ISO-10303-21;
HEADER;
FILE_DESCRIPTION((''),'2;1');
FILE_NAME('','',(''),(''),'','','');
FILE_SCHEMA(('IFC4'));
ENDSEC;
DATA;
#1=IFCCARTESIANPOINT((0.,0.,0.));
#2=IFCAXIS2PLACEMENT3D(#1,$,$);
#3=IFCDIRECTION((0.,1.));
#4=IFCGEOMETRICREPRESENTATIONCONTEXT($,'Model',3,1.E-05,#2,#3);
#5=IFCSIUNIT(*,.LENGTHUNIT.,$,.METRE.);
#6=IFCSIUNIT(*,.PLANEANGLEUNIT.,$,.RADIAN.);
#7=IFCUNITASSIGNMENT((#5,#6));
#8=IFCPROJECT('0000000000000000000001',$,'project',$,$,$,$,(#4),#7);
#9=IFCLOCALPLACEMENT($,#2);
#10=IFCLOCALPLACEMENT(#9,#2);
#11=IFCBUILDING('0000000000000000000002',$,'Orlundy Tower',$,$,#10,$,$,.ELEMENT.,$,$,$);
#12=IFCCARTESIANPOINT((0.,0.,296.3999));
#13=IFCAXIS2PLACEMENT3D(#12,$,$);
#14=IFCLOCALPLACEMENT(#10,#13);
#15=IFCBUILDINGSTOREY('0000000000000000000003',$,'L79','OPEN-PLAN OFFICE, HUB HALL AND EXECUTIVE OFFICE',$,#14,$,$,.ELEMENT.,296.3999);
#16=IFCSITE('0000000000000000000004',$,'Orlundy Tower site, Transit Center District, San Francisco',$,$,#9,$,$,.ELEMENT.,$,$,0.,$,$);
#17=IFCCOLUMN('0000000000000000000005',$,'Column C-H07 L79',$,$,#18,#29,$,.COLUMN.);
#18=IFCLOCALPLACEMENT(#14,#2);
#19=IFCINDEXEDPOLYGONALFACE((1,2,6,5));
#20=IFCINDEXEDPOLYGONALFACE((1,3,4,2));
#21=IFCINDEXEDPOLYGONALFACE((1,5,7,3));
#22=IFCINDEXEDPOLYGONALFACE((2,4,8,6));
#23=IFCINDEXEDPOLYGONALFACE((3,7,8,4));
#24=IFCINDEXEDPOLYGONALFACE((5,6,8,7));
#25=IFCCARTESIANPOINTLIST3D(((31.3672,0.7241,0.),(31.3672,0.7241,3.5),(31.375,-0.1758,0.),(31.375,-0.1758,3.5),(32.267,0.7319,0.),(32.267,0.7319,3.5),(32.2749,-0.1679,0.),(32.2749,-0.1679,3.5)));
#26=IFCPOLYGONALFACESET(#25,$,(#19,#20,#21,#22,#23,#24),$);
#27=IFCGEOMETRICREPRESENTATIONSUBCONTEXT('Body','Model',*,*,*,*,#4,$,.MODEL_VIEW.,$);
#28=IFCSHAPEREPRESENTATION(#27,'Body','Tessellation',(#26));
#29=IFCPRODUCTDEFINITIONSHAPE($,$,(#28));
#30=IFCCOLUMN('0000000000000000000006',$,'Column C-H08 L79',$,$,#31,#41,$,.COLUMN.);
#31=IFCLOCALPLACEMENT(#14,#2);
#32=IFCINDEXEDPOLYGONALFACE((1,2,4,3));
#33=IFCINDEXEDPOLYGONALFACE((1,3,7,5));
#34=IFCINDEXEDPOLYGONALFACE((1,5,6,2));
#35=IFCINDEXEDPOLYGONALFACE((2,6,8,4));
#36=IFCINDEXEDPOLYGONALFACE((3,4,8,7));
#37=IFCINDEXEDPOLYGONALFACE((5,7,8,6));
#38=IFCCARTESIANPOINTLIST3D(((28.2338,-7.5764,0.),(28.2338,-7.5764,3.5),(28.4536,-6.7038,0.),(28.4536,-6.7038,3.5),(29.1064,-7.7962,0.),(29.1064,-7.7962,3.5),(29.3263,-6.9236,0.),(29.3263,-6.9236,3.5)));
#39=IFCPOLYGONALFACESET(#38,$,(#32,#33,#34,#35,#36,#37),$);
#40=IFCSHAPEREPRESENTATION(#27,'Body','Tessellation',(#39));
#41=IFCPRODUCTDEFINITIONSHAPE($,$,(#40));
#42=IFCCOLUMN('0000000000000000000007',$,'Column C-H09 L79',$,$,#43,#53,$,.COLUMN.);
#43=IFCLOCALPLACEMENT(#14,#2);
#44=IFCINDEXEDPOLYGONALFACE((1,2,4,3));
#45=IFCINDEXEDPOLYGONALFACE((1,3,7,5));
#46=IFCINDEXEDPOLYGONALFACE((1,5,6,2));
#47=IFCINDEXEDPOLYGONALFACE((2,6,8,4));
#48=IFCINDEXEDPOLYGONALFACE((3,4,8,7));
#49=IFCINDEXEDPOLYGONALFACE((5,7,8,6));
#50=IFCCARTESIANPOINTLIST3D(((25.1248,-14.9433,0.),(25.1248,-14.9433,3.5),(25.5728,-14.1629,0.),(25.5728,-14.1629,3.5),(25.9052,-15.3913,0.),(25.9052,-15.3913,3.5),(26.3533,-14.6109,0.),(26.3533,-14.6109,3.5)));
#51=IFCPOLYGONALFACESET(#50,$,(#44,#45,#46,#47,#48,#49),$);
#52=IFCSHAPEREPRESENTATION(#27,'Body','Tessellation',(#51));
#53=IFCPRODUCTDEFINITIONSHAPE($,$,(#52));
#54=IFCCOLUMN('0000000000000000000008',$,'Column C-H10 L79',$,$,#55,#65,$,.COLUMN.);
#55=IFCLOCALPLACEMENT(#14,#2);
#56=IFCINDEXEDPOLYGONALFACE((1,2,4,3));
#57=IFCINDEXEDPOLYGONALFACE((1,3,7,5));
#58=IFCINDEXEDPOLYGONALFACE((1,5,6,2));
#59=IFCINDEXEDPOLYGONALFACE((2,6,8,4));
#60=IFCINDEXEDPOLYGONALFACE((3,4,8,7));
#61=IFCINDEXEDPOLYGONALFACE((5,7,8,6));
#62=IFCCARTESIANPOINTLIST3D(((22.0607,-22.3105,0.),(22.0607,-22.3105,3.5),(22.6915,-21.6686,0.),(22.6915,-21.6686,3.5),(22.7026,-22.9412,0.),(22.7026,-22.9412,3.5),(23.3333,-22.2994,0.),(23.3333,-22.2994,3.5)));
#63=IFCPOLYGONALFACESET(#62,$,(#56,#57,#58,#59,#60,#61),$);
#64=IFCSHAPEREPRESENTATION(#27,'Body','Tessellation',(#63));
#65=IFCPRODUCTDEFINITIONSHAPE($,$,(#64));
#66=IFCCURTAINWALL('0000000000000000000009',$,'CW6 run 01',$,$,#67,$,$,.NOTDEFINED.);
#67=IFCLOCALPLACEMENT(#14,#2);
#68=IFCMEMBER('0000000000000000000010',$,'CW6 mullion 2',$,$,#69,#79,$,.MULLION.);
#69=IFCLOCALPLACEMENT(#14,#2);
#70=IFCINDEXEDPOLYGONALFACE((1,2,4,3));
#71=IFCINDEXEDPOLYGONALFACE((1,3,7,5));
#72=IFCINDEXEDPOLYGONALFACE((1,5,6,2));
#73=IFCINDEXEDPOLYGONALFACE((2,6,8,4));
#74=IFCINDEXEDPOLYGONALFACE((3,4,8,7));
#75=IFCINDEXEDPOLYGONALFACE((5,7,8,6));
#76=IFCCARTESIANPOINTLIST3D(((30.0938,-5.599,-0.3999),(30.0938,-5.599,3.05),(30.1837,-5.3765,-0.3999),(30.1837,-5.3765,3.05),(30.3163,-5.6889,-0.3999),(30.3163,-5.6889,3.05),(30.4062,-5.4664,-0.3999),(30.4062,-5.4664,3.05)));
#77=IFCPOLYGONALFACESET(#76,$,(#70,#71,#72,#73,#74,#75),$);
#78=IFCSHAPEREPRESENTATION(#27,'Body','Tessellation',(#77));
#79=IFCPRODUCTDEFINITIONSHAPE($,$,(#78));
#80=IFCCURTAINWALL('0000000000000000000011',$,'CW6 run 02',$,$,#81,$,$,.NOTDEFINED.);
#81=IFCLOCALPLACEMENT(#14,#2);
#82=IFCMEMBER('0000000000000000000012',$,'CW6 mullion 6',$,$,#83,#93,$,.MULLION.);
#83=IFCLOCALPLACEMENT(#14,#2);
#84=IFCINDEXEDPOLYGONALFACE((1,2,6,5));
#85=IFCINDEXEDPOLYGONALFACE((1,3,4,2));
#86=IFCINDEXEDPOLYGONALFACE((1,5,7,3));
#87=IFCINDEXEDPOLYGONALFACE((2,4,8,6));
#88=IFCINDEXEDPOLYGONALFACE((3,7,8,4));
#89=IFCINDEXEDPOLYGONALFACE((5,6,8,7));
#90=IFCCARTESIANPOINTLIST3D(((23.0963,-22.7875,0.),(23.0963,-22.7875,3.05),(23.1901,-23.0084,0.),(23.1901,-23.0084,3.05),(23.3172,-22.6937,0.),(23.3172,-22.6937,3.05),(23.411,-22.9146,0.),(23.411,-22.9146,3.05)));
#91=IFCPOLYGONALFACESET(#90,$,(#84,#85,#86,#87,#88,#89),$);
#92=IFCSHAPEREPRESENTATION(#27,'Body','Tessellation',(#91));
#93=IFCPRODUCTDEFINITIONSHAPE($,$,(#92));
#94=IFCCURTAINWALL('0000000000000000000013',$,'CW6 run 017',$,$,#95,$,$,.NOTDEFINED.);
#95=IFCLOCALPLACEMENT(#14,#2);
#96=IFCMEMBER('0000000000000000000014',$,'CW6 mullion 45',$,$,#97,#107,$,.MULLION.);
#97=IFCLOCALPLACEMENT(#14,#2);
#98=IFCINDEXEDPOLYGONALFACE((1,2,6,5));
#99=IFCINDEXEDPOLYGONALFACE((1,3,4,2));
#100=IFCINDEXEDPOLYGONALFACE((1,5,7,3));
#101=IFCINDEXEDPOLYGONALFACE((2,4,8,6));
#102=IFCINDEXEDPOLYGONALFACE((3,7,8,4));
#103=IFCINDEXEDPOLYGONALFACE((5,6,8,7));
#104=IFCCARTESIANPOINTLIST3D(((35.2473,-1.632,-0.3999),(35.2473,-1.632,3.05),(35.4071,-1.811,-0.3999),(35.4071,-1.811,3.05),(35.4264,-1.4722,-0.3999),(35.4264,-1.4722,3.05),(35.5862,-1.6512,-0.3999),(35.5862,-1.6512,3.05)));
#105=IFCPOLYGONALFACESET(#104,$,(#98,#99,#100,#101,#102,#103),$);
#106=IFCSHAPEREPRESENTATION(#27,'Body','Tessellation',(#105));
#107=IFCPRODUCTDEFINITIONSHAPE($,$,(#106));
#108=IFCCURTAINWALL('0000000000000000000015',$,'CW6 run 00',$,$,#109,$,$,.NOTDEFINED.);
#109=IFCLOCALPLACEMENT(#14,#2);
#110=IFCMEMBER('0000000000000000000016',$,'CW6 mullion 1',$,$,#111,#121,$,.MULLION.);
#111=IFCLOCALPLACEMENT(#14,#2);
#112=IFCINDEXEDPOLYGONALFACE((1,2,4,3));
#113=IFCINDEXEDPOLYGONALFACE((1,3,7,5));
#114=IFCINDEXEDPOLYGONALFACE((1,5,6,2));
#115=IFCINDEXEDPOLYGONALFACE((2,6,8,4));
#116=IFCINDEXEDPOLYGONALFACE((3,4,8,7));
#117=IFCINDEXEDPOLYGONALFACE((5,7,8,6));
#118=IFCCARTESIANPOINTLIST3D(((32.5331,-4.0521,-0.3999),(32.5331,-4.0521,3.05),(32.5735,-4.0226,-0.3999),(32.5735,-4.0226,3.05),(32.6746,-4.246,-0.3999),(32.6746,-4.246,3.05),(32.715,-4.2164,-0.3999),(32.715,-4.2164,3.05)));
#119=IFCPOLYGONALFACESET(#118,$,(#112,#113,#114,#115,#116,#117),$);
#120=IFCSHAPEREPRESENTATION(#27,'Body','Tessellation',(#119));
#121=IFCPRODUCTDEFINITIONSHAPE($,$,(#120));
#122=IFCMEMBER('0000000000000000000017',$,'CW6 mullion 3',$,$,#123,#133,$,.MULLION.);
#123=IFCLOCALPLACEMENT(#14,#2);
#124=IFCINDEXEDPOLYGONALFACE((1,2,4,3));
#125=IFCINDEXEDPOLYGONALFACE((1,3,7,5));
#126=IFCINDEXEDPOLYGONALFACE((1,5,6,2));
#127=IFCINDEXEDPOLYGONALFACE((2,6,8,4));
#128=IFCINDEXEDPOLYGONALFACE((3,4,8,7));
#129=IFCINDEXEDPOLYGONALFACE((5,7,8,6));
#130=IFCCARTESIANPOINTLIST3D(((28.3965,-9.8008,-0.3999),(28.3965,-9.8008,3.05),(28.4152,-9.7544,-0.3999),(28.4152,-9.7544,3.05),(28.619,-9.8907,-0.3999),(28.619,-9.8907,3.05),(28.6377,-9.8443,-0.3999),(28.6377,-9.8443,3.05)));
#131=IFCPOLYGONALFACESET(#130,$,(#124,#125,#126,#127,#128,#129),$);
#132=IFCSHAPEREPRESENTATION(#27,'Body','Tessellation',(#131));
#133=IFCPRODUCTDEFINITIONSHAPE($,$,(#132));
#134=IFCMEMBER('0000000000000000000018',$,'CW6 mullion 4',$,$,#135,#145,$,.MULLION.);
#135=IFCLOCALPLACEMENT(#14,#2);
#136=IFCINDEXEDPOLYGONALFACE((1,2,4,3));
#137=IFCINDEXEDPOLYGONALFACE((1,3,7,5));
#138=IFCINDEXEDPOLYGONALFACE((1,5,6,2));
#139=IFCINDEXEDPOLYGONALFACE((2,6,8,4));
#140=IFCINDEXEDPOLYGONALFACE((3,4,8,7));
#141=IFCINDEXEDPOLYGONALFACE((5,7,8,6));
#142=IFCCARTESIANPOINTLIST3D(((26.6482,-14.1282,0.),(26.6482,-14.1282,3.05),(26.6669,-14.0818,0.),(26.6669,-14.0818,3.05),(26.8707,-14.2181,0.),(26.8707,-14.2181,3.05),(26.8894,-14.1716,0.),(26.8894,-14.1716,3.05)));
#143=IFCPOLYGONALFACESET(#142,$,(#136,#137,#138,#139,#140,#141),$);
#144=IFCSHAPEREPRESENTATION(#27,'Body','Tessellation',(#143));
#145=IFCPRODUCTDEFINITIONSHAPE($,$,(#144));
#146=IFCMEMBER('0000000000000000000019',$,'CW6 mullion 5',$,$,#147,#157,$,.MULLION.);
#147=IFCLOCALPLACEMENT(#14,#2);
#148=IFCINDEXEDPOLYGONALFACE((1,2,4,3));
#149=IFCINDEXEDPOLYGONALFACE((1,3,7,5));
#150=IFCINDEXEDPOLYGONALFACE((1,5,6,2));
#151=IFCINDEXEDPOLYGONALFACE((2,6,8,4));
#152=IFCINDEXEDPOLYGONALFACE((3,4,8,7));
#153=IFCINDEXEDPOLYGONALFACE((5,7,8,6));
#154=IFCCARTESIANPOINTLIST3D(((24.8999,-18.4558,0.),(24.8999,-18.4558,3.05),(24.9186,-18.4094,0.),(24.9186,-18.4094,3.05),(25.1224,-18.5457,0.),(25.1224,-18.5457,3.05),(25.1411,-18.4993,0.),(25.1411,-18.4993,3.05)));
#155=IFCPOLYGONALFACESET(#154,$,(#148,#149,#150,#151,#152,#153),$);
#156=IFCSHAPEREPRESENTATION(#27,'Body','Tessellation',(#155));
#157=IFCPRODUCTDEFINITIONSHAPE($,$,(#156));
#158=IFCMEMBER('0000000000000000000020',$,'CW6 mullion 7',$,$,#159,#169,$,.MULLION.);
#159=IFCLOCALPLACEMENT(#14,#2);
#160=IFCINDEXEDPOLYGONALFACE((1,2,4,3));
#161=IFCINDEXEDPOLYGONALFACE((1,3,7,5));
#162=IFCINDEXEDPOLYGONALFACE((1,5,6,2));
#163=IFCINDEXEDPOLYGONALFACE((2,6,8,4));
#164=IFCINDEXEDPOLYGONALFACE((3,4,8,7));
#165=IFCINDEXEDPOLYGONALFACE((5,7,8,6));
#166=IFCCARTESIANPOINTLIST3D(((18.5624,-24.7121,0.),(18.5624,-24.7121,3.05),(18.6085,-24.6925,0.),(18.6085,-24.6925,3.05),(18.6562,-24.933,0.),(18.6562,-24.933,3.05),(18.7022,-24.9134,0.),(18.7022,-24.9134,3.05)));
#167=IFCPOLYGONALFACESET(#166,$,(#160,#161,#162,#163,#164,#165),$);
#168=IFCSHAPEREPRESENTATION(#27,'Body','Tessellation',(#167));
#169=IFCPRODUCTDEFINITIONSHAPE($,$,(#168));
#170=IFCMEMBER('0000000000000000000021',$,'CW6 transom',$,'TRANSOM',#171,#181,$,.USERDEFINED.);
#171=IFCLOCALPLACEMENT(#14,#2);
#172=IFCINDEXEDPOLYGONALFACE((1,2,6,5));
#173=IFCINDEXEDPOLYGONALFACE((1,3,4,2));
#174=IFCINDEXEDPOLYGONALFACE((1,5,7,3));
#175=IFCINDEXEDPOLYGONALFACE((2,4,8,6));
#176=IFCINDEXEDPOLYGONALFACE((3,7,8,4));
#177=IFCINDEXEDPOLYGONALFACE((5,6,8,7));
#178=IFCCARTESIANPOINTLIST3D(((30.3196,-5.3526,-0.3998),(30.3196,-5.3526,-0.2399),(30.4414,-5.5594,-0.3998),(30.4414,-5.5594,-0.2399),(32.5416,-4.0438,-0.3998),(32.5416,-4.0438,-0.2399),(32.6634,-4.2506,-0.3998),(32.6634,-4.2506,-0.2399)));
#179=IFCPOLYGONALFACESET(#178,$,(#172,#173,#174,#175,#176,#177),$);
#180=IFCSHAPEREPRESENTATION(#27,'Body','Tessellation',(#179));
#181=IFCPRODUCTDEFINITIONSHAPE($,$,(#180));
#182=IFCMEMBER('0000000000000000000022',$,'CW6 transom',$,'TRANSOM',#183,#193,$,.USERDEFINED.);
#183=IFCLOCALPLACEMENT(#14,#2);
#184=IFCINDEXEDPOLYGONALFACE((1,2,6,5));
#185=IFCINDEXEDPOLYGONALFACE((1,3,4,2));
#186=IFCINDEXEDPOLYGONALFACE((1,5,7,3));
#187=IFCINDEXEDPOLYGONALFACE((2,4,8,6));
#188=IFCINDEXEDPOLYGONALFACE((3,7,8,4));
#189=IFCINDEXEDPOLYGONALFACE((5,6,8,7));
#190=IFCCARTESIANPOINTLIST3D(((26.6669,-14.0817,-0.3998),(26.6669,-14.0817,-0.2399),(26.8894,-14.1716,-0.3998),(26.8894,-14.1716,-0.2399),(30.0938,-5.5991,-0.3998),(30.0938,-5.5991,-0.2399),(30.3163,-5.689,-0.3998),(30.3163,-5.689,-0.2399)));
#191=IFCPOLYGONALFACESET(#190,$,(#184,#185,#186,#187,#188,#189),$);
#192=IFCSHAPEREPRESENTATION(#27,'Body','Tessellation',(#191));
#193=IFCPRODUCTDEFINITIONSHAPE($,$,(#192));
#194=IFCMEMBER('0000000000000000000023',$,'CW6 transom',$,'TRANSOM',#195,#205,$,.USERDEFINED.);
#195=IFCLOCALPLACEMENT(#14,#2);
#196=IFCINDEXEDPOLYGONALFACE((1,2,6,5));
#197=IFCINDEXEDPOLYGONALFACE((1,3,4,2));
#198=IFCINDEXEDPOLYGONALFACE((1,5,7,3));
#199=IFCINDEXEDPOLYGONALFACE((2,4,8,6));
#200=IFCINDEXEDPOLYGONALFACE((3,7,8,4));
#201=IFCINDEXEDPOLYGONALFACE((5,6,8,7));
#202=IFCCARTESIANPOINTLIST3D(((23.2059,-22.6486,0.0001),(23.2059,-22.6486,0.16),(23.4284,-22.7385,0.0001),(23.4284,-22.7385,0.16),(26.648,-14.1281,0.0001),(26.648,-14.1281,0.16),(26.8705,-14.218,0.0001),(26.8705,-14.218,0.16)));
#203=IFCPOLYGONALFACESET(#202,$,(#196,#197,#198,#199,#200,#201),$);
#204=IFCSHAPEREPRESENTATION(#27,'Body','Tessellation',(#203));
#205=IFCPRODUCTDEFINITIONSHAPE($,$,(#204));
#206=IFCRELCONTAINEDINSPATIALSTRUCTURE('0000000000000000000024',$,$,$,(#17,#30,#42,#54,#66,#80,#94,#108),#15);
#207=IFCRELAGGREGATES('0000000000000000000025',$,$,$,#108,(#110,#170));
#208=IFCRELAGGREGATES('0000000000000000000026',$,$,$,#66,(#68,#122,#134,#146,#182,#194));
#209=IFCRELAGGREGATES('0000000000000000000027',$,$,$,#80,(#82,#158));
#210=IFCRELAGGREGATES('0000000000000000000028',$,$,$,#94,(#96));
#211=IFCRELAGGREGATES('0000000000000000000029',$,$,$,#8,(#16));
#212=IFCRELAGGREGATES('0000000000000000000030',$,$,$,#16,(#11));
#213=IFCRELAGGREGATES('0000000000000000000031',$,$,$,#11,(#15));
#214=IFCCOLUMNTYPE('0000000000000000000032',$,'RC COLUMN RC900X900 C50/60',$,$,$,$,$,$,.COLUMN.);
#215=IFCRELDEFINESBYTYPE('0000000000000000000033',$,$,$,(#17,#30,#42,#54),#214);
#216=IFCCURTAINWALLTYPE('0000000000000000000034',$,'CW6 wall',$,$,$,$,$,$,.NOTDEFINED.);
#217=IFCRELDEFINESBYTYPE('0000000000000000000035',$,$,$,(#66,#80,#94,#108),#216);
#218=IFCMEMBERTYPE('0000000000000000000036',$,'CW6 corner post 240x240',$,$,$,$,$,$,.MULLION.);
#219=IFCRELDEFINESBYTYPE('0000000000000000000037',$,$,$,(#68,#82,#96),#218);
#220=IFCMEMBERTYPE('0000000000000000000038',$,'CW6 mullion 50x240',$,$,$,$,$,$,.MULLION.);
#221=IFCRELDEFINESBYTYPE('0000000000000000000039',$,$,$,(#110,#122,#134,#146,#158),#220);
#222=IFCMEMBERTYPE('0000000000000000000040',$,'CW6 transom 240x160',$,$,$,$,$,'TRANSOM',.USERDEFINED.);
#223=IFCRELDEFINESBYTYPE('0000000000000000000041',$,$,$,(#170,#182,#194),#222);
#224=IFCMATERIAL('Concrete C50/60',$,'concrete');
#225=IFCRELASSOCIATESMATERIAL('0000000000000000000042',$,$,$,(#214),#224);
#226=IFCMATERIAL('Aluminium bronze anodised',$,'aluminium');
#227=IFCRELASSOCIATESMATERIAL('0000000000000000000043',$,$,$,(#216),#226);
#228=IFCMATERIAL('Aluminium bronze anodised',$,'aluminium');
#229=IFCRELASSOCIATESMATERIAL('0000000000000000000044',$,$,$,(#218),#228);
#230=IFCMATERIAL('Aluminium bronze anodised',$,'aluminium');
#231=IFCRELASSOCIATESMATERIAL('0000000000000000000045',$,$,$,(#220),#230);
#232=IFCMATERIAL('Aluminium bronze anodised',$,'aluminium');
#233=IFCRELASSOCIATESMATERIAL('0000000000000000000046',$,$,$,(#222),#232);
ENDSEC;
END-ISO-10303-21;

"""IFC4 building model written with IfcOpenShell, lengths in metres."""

from ifc_helpers import new_model, si_unit, direction, frame, origin, origin_2d, place, context, subcontext, project, spatial, rectangle, extrude, material, material_profile, profile_set, type_object, element, aggregate, save


model = new_model("IFC4")

# Units and contexts
model_context = context("Model", 3, precision=1e-05, world=origin(), true_north=direction((0.0, 1.0)))
body_context = subcontext(model_context, "Body", "Model", "MODEL_VIEW")
ifc_project = project(units=[si_unit("LENGTHUNIT", "METRE"), si_unit("PLANEANGLEUNIT", "RADIAN")], contexts=[model_context])

# Site, building, storey
site_placement = place(None, origin())
site = spatial("IfcSite", under=ifc_project, at=site_placement, Name="Orlundy Tower site, Transit Center District, San Francisco", CompositionType="ELEMENT", RefElevation=0.0)
building_placement = place(site_placement, origin())
building = spatial("IfcBuilding", under=site, at=building_placement, Name="Orlundy Tower", CompositionType="ELEMENT")
storey_placement = place(building_placement, frame((0.0, 0.0, 296.3999)))
storey = spatial("IfcBuildingStorey", under=building, at=storey_placement, Name="L79", Description="OPEN-PLAN OFFICE, HUB HALL AND EXECUTIVE OFFICE", CompositionType="ELEMENT", Elevation=296.3999)

# Columns
ifc_material_1 = material(Name="Concrete C50/60", Category="concrete")
ifc_material_profile_1 = material_profile(ifc_material_1, rectangle(XDim=0.8999, YDim=0.8999, at=origin_2d()), Name="RC900X900")
ifc_profile_set_1 = profile_set([ifc_material_profile_1], Name="Concrete C50/60")
column_type = type_object("IfcColumnType", Name="RC COLUMN RC900X900 C50/60", PredefinedType="COLUMN", material=ifc_profile_set_1)
for number, where, z_axis, x_axis, name in (
    (1, (31.821, 0.2781, 0.0), (0.0, 0.0, 1.0), (0.999962, 0.008744, 0.0), "Column C-H07 L79"),
    (2, (28.78, -7.25, 0.0), (0.0, 0.0, 1.0), (0.969706, -0.244275, 0.0), "Column C-H08 L79"),
    (3, (25.739, -14.7771, 0.0), (0.0, 0.0, 1.0), (0.867236, -0.497898, 0.0), "Column C-H09 L79"),
    (4, (22.697, -22.3049, 0.0), (0.0, 0.0, 1.0), (0.713238, -0.700922, 0.0), "Column C-H10 L79"),
):
    element("IfcColumn", number, at=place(storey_placement, frame(where, z_axis=z_axis, x_axis=x_axis)), inside=storey, type_object=column_type, Name=name, PredefinedType="COLUMN", context=body_context, shape_type="SweptSolid", body=[
        extrude(rectangle(XDim=0.8999, YDim=0.8999, at=origin_2d()), origin(), (0.0, 0.0, 1.0), 3.5),
    ])

# Curtain walls, members
ifc_material_2 = material(Name="Aluminium bronze anodised", Category="aluminium")
curtain_wall_type = type_object("IfcCurtainWallType", Name="CW6 wall", PredefinedType="NOTDEFINED", material=ifc_material_2)
curtain_wall_1_placement = place(storey_placement, origin())
curtain_wall_1 = element("IfcCurtainWall", 5, at=curtain_wall_1_placement, inside=storey, type_object=curtain_wall_type, Name="CW6 run 01", PredefinedType="NOTDEFINED")
ifc_material_3 = material(Name="Aluminium bronze anodised", Category="aluminium")
ifc_material_profile_2 = material_profile(ifc_material_3, rectangle(XDim=0.24, YDim=0.24, at=origin_2d()), Name="CW6 corner post 240x240")
ifc_profile_set_2 = profile_set([ifc_material_profile_2], Name="Aluminium bronze anodised")
member_type_1 = type_object("IfcMemberType", Name="CW6 corner post 240x240", PredefinedType="MULLION", material=ifc_profile_set_2)
member_1_placement = place(storey_placement, frame((30.25, -5.5327, -0.3999), z_axis=(0.0, 0.0, 1.0), x_axis=(0.927197, -0.374575, 0.0)))
member_1 = element("IfcMember", 6, at=member_1_placement, type_object=member_type_1, Name="CW6 mullion 2", PredefinedType="MULLION", context=body_context, shape_type="SweptSolid", body=[
    extrude(rectangle(XDim=0.24, YDim=0.24, at=origin_2d()), origin(), (0.0, 0.0, 1.0), 3.45),
])
curtain_wall_2_placement = place(storey_placement, origin())
curtain_wall_2 = element("IfcCurtainWall", 7, at=curtain_wall_2_placement, inside=storey, type_object=curtain_wall_type, Name="CW6 run 02", PredefinedType="NOTDEFINED")
member_2_placement = place(storey_placement, frame((23.2537, -22.8511, 0.0), z_axis=(0.0, 0.0, 1.0), x_axis=(0.390727, -0.920507, 0.0)))
member_2 = element("IfcMember", 8, at=member_2_placement, type_object=member_type_1, Name="CW6 mullion 6", PredefinedType="MULLION", context=body_context, shape_type="SweptSolid", body=[
    extrude(rectangle(XDim=0.24, YDim=0.24, at=origin_2d()), origin(), (0.0, 0.0, 1.0), 3.05),
])
curtain_wall_3_placement = place(storey_placement, origin())
curtain_wall_3 = element("IfcCurtainWall", 9, at=curtain_wall_3_placement, inside=storey, type_object=curtain_wall_type, Name="CW6 run 017", PredefinedType="NOTDEFINED")
member_3_placement = place(storey_placement, frame((35.4167, -1.6416, -0.3999), z_axis=(0.0, 0.0, 1.0), x_axis=(0.665919, -0.746024, 0.0)))
member_3 = element("IfcMember", 10, at=member_3_placement, type_object=member_type_1, Name="CW6 mullion 45", PredefinedType="MULLION", context=body_context, shape_type="SweptSolid", body=[
    extrude(rectangle(XDim=0.24, YDim=0.24, at=origin_2d()), origin(), (0.0, 0.0, 1.0), 3.45),
])
curtain_wall_4_placement = place(storey_placement, origin())
curtain_wall_4 = element("IfcCurtainWall", 11, at=curtain_wall_4_placement, inside=storey, type_object=curtain_wall_type, Name="CW6 run 00", PredefinedType="NOTDEFINED")
ifc_material_4 = material(Name="Aluminium bronze anodised", Category="aluminium")
ifc_material_profile_3 = material_profile(ifc_material_4, rectangle(XDim=0.24, YDim=0.05, at=origin_2d()), Name="CW6 mullion 50x240")
ifc_profile_set_3 = profile_set([ifc_material_profile_3], Name="Aluminium bronze anodised")
member_type_2 = type_object("IfcMemberType", Name="CW6 mullion 50x240", PredefinedType="MULLION", material=ifc_profile_set_3)
member_4_placement = place(storey_placement, frame((32.624, -4.1343, -0.3999), z_axis=(0.0, 0.0, 1.0), x_axis=(0.589554, -0.807729, 0.0)))
member_4 = element("IfcMember", 12, at=member_4_placement, type_object=member_type_2, Name="CW6 mullion 1", PredefinedType="MULLION", context=body_context, shape_type="SweptSolid", body=[
    extrude(rectangle(XDim=0.24, YDim=0.05, at=origin_2d()), origin(), (0.0, 0.0, 1.0), 3.45),
])

# Members
member_5_placement = place(storey_placement, frame((28.5171, -9.8225, -0.3999), z_axis=(0.0, 0.0, 1.0), x_axis=(0.927197, -0.374575, 0.0)))
member_5 = element("IfcMember", 13, at=member_5_placement, type_object=member_type_2, Name="CW6 mullion 3", PredefinedType="MULLION", context=body_context, shape_type="SweptSolid", body=[
    extrude(rectangle(XDim=0.24, YDim=0.05, at=origin_2d()), origin(), (0.0, 0.0, 1.0), 3.45),
])
member_6_placement = place(storey_placement, frame((26.7688, -14.1499, 0.0), z_axis=(0.0, 0.0, 1.0), x_axis=(0.927197, -0.374575, 0.0)))
member_6 = element("IfcMember", 14, at=member_6_placement, type_object=member_type_2, Name="CW6 mullion 4", PredefinedType="MULLION", context=body_context, shape_type="SweptSolid", body=[
    extrude(rectangle(XDim=0.24, YDim=0.05, at=origin_2d()), origin(), (0.0, 0.0, 1.0), 3.05),
])
member_7_placement = place(storey_placement, frame((25.0205, -18.4775, 0.0), z_axis=(0.0, 0.0, 1.0), x_axis=(0.927197, -0.374575, 0.0)))
member_7 = element("IfcMember", 15, at=member_7_placement, type_object=member_type_2, Name="CW6 mullion 5", PredefinedType="MULLION", context=body_context, shape_type="SweptSolid", body=[
    extrude(rectangle(XDim=0.24, YDim=0.05, at=origin_2d()), origin(), (0.0, 0.0, 1.0), 3.05),
])
member_8_placement = place(storey_placement, frame((18.6323, -24.8127, 0.0), z_axis=(0.0, 0.0, 1.0), x_axis=(0.390727, -0.920507, 0.0)))
member_8 = element("IfcMember", 16, at=member_8_placement, type_object=member_type_2, Name="CW6 mullion 7", PredefinedType="MULLION", context=body_context, shape_type="SweptSolid", body=[
    extrude(rectangle(XDim=0.24, YDim=0.05, at=origin_2d()), origin(), (0.0, 0.0, 1.0), 3.05),
])
ifc_material_5 = material(Name="Aluminium bronze anodised", Category="aluminium")
ifc_material_profile_4 = material_profile(ifc_material_5, rectangle(XDim=0.24, YDim=0.1599, at=origin_2d()), Name="CW6 transom 240x160")
ifc_profile_set_4 = profile_set([ifc_material_profile_4], Name="Aluminium bronze anodised")
member_type_3 = type_object("IfcMemberType", Name="CW6 transom 240x160", ElementType="TRANSOM", PredefinedType="USERDEFINED", material=ifc_profile_set_4)
member_9_placement = place(storey_placement, frame((32.6025, -4.1472, -0.3198), z_axis=(-0.861649, -0.507504, 0.0), x_axis=(0.507504, -0.861649, 0.0)))
member_9 = element("IfcMember", 17, at=member_9_placement, type_object=member_type_3, Name="CW6 transom", ObjectType="TRANSOM", PredefinedType="USERDEFINED", context=body_context, shape_type="SweptSolid", body=[
    extrude(rectangle(XDim=0.24, YDim=0.1599, at=origin_2d()), origin(), (0.0, 0.0, 1.0), 2.5789),
])
member_10_placement = place(storey_placement, frame((30.2051, -5.644, -0.3198), z_axis=(-0.374586, -0.927192, 0.0), x_axis=(0.927192, -0.374586, 0.0)))
member_10 = element("IfcMember", 18, at=member_10_placement, type_object=member_type_3, Name="CW6 transom", ObjectType="TRANSOM", PredefinedType="USERDEFINED", context=body_context, shape_type="SweptSolid", body=[
    extrude(rectangle(XDim=0.24, YDim=0.1599, at=origin_2d()), origin(), (0.0, 0.0, 1.0), 9.1487),
])
member_11_placement = place(storey_placement, frame((26.7593, -14.1731, 0.0801), z_axis=(-0.374572, -0.927198, 0.0), x_axis=(0.927198, -0.374572, 0.0)))
member_11 = element("IfcMember", 19, at=member_11_placement, type_object=member_type_3, Name="CW6 transom", ObjectType="TRANSOM", PredefinedType="USERDEFINED", context=body_context, shape_type="SweptSolid", body=[
    extrude(rectangle(XDim=0.24, YDim=0.1599, at=origin_2d()), origin(), (0.0, 0.0, 1.0), 9.1895),
])

aggregate(curtain_wall_4, [member_4, member_9])
aggregate(curtain_wall_1, [member_1, member_5, member_6, member_7, member_10, member_11])
aggregate(curtain_wall_2, [member_2, member_8])

aggregate(curtain_wall_3, [member_3])

save(model, "model.ifc")
